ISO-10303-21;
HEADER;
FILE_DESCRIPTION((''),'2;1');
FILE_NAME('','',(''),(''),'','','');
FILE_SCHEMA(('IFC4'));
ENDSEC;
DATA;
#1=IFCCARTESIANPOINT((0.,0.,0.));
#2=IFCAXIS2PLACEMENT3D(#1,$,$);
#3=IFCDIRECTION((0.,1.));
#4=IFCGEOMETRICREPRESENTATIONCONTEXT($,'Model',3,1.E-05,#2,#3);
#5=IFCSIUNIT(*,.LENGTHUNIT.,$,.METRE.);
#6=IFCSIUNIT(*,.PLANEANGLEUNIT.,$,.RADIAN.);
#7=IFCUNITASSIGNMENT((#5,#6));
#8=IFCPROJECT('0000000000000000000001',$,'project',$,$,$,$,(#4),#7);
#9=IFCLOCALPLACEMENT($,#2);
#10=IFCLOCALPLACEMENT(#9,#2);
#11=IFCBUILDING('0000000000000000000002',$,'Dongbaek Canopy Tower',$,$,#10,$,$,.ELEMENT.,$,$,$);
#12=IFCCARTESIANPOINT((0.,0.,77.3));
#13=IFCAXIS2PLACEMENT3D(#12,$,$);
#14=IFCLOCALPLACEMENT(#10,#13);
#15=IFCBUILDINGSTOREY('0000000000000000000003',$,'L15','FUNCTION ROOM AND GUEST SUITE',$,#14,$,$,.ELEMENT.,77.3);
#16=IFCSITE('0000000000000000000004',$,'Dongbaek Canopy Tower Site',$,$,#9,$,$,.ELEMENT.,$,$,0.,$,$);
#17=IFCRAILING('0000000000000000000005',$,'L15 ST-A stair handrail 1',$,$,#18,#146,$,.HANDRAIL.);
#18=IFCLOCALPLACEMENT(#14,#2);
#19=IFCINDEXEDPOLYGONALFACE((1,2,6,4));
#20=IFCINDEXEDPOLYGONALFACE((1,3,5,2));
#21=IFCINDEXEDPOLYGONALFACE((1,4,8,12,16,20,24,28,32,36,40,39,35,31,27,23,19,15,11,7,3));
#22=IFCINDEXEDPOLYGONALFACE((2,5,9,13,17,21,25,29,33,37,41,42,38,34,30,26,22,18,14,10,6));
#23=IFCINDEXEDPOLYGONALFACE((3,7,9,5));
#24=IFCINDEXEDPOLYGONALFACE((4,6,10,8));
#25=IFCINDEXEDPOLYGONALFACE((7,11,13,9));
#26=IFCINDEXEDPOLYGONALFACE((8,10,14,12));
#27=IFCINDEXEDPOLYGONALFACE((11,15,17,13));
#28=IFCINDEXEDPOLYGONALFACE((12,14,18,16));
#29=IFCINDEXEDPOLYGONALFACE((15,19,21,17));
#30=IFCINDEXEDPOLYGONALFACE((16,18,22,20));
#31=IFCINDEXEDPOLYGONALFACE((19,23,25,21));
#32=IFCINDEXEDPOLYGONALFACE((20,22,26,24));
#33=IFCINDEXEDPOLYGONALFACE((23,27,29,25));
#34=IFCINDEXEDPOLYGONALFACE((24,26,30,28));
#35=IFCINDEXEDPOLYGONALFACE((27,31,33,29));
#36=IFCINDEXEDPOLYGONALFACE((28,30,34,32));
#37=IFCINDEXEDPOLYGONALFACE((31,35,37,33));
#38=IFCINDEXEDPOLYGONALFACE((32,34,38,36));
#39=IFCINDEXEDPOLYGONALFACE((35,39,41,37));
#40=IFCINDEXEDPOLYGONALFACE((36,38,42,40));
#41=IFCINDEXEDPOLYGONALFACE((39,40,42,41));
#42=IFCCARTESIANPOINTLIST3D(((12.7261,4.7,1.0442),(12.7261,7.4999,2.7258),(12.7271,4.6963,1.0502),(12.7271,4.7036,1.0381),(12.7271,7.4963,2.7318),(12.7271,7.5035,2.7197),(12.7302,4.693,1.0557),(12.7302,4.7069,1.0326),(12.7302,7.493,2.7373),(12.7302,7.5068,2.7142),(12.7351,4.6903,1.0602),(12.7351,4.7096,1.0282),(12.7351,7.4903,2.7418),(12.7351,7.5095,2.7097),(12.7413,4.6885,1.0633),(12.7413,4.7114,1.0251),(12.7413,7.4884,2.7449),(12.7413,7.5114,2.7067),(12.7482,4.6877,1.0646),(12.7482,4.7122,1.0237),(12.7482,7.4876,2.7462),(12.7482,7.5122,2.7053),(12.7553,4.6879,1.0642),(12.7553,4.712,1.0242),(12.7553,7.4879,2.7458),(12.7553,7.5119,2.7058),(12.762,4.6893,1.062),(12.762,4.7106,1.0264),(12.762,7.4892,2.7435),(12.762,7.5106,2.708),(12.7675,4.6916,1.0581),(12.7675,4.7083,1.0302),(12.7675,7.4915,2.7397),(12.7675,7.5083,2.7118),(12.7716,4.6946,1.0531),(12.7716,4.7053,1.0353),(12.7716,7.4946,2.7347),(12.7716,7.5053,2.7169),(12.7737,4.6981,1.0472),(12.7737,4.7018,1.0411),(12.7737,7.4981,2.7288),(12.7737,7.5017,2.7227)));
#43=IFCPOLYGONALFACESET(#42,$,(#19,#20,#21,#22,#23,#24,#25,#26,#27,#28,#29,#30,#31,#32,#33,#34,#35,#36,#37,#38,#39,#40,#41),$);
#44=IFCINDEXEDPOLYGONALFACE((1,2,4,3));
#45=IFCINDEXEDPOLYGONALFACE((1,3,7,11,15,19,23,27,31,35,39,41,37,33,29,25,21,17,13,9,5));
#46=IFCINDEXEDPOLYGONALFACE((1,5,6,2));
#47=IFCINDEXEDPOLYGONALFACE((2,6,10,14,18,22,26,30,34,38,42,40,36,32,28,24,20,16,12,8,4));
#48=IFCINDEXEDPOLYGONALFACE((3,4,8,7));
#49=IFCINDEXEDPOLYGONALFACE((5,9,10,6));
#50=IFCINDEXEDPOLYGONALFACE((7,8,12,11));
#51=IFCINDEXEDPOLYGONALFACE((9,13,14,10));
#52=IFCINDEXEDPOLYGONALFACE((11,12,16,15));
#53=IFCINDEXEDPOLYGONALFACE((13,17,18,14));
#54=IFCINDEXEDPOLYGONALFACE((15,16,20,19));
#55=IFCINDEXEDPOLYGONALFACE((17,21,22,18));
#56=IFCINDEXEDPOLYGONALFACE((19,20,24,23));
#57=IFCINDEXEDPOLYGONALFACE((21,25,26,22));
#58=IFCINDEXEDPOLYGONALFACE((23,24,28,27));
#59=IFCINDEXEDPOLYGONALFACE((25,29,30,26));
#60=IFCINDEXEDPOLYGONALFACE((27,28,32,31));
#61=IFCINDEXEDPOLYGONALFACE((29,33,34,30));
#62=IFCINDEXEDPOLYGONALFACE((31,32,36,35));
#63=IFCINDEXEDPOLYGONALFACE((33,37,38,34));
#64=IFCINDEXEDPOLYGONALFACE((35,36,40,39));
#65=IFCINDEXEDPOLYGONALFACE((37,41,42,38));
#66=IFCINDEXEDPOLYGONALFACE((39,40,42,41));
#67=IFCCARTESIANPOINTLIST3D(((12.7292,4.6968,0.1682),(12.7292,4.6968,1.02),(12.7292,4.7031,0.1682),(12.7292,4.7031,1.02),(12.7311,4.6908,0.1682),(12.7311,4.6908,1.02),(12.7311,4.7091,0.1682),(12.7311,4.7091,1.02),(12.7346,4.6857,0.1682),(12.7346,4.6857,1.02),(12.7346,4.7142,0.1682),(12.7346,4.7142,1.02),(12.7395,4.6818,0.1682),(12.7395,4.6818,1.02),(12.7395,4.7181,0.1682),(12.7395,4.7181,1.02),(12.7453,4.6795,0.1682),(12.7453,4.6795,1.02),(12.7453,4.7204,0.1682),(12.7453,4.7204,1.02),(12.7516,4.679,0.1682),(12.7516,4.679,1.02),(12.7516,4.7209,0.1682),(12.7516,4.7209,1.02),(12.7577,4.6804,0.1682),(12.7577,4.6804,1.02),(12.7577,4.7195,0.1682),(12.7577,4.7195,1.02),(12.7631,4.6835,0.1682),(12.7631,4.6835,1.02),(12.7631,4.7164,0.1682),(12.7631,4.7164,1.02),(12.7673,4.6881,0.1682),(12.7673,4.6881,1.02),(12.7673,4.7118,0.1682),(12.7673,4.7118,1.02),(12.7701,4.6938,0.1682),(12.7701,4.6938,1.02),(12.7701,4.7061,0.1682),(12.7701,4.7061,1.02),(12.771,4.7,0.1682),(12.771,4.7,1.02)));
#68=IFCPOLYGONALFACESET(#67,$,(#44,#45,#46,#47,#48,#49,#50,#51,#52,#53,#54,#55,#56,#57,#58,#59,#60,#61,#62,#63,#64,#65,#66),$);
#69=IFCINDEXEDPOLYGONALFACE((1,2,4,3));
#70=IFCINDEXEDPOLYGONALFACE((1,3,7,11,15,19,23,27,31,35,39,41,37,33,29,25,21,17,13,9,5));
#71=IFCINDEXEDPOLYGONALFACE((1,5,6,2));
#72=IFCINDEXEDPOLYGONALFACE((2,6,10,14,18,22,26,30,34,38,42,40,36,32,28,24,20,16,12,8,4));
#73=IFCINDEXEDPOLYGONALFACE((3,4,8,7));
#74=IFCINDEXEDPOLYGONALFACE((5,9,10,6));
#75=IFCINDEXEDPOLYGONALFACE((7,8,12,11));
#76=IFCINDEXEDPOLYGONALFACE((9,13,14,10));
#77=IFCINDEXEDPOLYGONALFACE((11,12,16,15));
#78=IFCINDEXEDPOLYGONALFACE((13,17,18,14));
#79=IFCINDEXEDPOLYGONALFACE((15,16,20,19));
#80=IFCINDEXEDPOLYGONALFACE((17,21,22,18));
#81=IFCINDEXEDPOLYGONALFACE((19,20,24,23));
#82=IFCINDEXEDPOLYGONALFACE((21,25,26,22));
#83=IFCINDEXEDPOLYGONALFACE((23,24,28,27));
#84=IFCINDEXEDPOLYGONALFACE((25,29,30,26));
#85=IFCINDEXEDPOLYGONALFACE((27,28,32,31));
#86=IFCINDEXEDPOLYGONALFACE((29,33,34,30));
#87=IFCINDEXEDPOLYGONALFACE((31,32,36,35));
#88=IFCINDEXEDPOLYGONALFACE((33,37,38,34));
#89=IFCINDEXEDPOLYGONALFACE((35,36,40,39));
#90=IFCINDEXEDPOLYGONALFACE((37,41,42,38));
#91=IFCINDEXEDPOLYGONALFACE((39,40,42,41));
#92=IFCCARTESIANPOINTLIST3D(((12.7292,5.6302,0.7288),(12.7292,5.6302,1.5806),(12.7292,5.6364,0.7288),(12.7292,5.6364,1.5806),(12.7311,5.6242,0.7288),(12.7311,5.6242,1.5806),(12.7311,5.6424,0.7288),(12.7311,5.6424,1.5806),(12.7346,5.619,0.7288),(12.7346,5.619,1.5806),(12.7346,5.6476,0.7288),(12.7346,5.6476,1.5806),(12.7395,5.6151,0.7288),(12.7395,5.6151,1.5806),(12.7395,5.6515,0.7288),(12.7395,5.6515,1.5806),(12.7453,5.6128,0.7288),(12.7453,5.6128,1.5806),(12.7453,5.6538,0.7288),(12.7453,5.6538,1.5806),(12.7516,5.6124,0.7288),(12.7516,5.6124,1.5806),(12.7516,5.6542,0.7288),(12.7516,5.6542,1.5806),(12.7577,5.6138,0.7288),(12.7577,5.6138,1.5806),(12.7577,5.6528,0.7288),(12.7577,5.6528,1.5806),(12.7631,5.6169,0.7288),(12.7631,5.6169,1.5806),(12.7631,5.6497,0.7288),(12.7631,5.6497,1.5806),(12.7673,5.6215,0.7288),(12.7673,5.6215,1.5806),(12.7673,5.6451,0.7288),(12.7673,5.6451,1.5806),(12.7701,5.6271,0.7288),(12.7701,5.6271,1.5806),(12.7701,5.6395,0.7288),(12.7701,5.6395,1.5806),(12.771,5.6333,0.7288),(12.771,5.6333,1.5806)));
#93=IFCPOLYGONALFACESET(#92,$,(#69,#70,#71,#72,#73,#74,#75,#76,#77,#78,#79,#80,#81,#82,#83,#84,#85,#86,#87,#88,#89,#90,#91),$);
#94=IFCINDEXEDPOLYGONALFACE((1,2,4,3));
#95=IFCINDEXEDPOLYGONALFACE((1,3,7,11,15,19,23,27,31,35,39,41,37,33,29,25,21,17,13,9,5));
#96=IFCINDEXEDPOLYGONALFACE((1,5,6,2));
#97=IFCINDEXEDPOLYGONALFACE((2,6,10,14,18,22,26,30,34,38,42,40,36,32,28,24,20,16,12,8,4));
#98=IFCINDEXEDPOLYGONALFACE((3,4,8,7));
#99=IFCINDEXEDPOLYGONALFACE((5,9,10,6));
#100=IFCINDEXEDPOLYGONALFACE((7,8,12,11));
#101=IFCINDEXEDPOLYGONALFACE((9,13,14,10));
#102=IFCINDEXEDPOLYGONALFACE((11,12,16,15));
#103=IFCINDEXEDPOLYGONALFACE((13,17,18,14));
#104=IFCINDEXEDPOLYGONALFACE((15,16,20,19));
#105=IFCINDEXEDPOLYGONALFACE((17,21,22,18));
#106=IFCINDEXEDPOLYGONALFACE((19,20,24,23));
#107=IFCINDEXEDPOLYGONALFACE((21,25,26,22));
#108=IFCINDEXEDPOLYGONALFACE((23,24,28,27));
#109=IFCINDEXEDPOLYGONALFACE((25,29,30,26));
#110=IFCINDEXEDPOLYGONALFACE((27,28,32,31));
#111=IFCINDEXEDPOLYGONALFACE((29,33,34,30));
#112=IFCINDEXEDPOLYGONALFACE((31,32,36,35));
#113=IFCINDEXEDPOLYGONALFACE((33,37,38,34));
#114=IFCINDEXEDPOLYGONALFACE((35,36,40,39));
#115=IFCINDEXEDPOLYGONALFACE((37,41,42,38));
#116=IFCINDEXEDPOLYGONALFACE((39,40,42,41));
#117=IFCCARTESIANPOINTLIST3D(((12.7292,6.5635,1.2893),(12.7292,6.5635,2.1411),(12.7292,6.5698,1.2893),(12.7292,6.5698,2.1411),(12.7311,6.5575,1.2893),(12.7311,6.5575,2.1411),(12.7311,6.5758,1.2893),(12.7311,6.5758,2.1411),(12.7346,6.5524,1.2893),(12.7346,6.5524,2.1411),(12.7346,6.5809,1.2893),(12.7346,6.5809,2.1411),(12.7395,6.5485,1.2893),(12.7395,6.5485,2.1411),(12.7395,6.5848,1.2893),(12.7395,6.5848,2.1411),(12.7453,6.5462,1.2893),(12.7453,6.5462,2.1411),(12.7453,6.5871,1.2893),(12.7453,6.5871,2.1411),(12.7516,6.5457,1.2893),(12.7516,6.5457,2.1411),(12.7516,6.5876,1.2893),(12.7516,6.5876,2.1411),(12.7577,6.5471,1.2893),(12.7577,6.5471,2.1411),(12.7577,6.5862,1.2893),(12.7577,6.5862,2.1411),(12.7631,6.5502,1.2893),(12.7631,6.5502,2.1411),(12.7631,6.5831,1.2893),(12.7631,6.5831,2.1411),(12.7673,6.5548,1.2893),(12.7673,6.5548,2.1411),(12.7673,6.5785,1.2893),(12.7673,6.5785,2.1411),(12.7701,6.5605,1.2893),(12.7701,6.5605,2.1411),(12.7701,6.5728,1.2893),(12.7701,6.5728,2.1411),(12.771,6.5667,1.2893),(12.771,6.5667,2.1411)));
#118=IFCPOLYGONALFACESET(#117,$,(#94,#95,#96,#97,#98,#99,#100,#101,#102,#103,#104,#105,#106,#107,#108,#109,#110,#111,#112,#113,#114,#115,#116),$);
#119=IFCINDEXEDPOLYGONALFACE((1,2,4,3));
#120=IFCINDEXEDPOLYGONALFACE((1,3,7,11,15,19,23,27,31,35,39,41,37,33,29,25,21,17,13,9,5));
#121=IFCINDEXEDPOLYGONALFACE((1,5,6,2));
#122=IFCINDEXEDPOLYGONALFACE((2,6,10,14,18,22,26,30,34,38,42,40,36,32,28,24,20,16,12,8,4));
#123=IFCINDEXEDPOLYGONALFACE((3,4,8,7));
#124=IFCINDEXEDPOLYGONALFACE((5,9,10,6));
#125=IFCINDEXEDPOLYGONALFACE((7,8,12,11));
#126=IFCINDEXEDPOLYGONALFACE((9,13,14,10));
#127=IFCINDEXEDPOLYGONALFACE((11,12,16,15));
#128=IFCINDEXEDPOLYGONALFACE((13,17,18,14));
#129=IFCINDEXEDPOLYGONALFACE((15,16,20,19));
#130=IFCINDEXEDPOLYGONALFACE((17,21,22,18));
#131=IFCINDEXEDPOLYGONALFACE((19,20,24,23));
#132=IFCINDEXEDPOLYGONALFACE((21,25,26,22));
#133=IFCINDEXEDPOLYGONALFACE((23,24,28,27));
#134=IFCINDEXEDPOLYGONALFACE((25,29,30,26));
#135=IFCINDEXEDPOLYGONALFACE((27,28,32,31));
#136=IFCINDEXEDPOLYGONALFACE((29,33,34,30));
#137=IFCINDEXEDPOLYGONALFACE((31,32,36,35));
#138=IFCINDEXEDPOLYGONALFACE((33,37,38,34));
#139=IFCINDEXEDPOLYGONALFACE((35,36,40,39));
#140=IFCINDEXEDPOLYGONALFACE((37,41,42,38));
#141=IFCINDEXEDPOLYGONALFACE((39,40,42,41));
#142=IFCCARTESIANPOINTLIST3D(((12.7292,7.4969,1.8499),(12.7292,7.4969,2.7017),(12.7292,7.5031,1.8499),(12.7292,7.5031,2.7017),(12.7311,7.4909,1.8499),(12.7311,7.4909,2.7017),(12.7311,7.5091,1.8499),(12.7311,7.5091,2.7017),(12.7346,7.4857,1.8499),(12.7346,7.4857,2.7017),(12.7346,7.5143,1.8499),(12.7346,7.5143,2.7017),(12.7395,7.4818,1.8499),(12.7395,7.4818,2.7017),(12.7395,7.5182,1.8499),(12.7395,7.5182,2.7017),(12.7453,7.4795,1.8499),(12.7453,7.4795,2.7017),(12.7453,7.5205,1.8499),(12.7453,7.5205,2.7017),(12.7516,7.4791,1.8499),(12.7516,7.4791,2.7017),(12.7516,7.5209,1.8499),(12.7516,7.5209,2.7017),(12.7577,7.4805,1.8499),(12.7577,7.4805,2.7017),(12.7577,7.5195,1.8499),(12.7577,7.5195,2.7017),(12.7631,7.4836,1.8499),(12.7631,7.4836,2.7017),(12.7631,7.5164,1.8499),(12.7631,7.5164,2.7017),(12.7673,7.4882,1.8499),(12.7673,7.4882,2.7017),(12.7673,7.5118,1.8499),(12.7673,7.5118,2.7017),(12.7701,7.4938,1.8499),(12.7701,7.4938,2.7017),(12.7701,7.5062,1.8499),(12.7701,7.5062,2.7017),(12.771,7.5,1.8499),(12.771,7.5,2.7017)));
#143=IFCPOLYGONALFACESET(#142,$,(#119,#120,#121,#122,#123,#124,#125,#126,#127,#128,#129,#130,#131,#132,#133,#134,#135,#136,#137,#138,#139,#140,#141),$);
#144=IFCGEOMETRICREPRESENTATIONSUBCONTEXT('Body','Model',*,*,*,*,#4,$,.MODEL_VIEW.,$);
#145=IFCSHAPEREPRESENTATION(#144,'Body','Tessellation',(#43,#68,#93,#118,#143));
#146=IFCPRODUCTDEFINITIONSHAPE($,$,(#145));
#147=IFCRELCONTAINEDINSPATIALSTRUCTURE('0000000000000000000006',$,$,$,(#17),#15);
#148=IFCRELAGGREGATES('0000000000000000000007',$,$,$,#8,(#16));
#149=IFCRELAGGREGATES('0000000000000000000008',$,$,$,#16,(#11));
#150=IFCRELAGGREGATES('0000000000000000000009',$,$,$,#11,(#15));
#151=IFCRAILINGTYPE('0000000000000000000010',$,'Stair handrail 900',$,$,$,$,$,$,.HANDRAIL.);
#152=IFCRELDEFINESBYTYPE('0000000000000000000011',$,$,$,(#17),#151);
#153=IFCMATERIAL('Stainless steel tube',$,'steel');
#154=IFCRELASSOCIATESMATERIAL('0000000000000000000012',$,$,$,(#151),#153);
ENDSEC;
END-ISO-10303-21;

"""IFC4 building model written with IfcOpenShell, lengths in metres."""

from ifc_helpers import new_model, si_unit, direction, frame, origin, origin_2d, place, context, subcontext, project, spatial, circle, extrude, material, type_object, element, save


model = new_model("IFC4")

# Units and contexts
model_context = context("Model", 3, precision=1e-05, world=origin(), true_north=direction((0.0, 1.0)))
body_context = subcontext(model_context, "Body", "Model", "MODEL_VIEW")
ifc_project = project(units=[si_unit("LENGTHUNIT", "METRE"), si_unit("PLANEANGLEUNIT", "RADIAN")], contexts=[model_context])

# Site, building, storey
site_placement = place(None, origin())
site = spatial("IfcSite", under=ifc_project, at=site_placement, Name="Dongbaek Canopy Tower Site", CompositionType="ELEMENT", RefElevation=0.0)
building_placement = place(site_placement, origin())
building = spatial("IfcBuilding", under=site, at=building_placement, Name="Dongbaek Canopy Tower", CompositionType="ELEMENT")
storey_placement = place(building_placement, frame((0.0, 0.0, 77.3)))
storey = spatial("IfcBuildingStorey", under=building, at=storey_placement, Name="L15", Description="FUNCTION ROOM AND GUEST SUITE", CompositionType="ELEMENT", Elevation=77.3)

# Railing
ifc_material_1 = material(Name="Stainless steel tube", Category="steel")
railing_type_1 = type_object("IfcRailingType", Name="Stair handrail 900", PredefinedType="HANDRAIL", material=ifc_material_1)
railing_1_placement = place(storey_placement, frame((12.75, 4.7, 0.1682)))
element("IfcRailing", 1, at=railing_1_placement, inside=storey, type_object=railing_type_1, Name="L15 ST-A stair handrail 1", PredefinedType="HANDRAIL", context=body_context, shape_type="SweptSolid", body=[
    extrude(circle(Radius=0.0239, at=origin_2d()), frame((0.0, 0.0, 0.876), z_axis=(0.0, 0.857275, 0.514858), x_axis=(-1.0, 0.0, 0.0)), (0.0, 0.0, 1.0), 3.2661),
    extrude(circle(Radius=0.021, at=origin_2d()), origin(), (0.0, 0.0, 1.0), 0.8518),
    extrude(circle(Radius=0.021, at=origin_2d()), frame((0.0, 0.9333, 0.5605)), (0.0, 0.0, 1.0), 0.8518),
    extrude(circle(Radius=0.021, at=origin_2d()), frame((0.0, 1.8667, 1.1211)), (0.0, 0.0, 1.0), 0.8518),
    extrude(circle(Radius=0.021, at=origin_2d()), frame((0.0, 2.8, 1.6816)), (0.0, 0.0, 1.0), 0.8518),
])

save(model, "model.ifc")
